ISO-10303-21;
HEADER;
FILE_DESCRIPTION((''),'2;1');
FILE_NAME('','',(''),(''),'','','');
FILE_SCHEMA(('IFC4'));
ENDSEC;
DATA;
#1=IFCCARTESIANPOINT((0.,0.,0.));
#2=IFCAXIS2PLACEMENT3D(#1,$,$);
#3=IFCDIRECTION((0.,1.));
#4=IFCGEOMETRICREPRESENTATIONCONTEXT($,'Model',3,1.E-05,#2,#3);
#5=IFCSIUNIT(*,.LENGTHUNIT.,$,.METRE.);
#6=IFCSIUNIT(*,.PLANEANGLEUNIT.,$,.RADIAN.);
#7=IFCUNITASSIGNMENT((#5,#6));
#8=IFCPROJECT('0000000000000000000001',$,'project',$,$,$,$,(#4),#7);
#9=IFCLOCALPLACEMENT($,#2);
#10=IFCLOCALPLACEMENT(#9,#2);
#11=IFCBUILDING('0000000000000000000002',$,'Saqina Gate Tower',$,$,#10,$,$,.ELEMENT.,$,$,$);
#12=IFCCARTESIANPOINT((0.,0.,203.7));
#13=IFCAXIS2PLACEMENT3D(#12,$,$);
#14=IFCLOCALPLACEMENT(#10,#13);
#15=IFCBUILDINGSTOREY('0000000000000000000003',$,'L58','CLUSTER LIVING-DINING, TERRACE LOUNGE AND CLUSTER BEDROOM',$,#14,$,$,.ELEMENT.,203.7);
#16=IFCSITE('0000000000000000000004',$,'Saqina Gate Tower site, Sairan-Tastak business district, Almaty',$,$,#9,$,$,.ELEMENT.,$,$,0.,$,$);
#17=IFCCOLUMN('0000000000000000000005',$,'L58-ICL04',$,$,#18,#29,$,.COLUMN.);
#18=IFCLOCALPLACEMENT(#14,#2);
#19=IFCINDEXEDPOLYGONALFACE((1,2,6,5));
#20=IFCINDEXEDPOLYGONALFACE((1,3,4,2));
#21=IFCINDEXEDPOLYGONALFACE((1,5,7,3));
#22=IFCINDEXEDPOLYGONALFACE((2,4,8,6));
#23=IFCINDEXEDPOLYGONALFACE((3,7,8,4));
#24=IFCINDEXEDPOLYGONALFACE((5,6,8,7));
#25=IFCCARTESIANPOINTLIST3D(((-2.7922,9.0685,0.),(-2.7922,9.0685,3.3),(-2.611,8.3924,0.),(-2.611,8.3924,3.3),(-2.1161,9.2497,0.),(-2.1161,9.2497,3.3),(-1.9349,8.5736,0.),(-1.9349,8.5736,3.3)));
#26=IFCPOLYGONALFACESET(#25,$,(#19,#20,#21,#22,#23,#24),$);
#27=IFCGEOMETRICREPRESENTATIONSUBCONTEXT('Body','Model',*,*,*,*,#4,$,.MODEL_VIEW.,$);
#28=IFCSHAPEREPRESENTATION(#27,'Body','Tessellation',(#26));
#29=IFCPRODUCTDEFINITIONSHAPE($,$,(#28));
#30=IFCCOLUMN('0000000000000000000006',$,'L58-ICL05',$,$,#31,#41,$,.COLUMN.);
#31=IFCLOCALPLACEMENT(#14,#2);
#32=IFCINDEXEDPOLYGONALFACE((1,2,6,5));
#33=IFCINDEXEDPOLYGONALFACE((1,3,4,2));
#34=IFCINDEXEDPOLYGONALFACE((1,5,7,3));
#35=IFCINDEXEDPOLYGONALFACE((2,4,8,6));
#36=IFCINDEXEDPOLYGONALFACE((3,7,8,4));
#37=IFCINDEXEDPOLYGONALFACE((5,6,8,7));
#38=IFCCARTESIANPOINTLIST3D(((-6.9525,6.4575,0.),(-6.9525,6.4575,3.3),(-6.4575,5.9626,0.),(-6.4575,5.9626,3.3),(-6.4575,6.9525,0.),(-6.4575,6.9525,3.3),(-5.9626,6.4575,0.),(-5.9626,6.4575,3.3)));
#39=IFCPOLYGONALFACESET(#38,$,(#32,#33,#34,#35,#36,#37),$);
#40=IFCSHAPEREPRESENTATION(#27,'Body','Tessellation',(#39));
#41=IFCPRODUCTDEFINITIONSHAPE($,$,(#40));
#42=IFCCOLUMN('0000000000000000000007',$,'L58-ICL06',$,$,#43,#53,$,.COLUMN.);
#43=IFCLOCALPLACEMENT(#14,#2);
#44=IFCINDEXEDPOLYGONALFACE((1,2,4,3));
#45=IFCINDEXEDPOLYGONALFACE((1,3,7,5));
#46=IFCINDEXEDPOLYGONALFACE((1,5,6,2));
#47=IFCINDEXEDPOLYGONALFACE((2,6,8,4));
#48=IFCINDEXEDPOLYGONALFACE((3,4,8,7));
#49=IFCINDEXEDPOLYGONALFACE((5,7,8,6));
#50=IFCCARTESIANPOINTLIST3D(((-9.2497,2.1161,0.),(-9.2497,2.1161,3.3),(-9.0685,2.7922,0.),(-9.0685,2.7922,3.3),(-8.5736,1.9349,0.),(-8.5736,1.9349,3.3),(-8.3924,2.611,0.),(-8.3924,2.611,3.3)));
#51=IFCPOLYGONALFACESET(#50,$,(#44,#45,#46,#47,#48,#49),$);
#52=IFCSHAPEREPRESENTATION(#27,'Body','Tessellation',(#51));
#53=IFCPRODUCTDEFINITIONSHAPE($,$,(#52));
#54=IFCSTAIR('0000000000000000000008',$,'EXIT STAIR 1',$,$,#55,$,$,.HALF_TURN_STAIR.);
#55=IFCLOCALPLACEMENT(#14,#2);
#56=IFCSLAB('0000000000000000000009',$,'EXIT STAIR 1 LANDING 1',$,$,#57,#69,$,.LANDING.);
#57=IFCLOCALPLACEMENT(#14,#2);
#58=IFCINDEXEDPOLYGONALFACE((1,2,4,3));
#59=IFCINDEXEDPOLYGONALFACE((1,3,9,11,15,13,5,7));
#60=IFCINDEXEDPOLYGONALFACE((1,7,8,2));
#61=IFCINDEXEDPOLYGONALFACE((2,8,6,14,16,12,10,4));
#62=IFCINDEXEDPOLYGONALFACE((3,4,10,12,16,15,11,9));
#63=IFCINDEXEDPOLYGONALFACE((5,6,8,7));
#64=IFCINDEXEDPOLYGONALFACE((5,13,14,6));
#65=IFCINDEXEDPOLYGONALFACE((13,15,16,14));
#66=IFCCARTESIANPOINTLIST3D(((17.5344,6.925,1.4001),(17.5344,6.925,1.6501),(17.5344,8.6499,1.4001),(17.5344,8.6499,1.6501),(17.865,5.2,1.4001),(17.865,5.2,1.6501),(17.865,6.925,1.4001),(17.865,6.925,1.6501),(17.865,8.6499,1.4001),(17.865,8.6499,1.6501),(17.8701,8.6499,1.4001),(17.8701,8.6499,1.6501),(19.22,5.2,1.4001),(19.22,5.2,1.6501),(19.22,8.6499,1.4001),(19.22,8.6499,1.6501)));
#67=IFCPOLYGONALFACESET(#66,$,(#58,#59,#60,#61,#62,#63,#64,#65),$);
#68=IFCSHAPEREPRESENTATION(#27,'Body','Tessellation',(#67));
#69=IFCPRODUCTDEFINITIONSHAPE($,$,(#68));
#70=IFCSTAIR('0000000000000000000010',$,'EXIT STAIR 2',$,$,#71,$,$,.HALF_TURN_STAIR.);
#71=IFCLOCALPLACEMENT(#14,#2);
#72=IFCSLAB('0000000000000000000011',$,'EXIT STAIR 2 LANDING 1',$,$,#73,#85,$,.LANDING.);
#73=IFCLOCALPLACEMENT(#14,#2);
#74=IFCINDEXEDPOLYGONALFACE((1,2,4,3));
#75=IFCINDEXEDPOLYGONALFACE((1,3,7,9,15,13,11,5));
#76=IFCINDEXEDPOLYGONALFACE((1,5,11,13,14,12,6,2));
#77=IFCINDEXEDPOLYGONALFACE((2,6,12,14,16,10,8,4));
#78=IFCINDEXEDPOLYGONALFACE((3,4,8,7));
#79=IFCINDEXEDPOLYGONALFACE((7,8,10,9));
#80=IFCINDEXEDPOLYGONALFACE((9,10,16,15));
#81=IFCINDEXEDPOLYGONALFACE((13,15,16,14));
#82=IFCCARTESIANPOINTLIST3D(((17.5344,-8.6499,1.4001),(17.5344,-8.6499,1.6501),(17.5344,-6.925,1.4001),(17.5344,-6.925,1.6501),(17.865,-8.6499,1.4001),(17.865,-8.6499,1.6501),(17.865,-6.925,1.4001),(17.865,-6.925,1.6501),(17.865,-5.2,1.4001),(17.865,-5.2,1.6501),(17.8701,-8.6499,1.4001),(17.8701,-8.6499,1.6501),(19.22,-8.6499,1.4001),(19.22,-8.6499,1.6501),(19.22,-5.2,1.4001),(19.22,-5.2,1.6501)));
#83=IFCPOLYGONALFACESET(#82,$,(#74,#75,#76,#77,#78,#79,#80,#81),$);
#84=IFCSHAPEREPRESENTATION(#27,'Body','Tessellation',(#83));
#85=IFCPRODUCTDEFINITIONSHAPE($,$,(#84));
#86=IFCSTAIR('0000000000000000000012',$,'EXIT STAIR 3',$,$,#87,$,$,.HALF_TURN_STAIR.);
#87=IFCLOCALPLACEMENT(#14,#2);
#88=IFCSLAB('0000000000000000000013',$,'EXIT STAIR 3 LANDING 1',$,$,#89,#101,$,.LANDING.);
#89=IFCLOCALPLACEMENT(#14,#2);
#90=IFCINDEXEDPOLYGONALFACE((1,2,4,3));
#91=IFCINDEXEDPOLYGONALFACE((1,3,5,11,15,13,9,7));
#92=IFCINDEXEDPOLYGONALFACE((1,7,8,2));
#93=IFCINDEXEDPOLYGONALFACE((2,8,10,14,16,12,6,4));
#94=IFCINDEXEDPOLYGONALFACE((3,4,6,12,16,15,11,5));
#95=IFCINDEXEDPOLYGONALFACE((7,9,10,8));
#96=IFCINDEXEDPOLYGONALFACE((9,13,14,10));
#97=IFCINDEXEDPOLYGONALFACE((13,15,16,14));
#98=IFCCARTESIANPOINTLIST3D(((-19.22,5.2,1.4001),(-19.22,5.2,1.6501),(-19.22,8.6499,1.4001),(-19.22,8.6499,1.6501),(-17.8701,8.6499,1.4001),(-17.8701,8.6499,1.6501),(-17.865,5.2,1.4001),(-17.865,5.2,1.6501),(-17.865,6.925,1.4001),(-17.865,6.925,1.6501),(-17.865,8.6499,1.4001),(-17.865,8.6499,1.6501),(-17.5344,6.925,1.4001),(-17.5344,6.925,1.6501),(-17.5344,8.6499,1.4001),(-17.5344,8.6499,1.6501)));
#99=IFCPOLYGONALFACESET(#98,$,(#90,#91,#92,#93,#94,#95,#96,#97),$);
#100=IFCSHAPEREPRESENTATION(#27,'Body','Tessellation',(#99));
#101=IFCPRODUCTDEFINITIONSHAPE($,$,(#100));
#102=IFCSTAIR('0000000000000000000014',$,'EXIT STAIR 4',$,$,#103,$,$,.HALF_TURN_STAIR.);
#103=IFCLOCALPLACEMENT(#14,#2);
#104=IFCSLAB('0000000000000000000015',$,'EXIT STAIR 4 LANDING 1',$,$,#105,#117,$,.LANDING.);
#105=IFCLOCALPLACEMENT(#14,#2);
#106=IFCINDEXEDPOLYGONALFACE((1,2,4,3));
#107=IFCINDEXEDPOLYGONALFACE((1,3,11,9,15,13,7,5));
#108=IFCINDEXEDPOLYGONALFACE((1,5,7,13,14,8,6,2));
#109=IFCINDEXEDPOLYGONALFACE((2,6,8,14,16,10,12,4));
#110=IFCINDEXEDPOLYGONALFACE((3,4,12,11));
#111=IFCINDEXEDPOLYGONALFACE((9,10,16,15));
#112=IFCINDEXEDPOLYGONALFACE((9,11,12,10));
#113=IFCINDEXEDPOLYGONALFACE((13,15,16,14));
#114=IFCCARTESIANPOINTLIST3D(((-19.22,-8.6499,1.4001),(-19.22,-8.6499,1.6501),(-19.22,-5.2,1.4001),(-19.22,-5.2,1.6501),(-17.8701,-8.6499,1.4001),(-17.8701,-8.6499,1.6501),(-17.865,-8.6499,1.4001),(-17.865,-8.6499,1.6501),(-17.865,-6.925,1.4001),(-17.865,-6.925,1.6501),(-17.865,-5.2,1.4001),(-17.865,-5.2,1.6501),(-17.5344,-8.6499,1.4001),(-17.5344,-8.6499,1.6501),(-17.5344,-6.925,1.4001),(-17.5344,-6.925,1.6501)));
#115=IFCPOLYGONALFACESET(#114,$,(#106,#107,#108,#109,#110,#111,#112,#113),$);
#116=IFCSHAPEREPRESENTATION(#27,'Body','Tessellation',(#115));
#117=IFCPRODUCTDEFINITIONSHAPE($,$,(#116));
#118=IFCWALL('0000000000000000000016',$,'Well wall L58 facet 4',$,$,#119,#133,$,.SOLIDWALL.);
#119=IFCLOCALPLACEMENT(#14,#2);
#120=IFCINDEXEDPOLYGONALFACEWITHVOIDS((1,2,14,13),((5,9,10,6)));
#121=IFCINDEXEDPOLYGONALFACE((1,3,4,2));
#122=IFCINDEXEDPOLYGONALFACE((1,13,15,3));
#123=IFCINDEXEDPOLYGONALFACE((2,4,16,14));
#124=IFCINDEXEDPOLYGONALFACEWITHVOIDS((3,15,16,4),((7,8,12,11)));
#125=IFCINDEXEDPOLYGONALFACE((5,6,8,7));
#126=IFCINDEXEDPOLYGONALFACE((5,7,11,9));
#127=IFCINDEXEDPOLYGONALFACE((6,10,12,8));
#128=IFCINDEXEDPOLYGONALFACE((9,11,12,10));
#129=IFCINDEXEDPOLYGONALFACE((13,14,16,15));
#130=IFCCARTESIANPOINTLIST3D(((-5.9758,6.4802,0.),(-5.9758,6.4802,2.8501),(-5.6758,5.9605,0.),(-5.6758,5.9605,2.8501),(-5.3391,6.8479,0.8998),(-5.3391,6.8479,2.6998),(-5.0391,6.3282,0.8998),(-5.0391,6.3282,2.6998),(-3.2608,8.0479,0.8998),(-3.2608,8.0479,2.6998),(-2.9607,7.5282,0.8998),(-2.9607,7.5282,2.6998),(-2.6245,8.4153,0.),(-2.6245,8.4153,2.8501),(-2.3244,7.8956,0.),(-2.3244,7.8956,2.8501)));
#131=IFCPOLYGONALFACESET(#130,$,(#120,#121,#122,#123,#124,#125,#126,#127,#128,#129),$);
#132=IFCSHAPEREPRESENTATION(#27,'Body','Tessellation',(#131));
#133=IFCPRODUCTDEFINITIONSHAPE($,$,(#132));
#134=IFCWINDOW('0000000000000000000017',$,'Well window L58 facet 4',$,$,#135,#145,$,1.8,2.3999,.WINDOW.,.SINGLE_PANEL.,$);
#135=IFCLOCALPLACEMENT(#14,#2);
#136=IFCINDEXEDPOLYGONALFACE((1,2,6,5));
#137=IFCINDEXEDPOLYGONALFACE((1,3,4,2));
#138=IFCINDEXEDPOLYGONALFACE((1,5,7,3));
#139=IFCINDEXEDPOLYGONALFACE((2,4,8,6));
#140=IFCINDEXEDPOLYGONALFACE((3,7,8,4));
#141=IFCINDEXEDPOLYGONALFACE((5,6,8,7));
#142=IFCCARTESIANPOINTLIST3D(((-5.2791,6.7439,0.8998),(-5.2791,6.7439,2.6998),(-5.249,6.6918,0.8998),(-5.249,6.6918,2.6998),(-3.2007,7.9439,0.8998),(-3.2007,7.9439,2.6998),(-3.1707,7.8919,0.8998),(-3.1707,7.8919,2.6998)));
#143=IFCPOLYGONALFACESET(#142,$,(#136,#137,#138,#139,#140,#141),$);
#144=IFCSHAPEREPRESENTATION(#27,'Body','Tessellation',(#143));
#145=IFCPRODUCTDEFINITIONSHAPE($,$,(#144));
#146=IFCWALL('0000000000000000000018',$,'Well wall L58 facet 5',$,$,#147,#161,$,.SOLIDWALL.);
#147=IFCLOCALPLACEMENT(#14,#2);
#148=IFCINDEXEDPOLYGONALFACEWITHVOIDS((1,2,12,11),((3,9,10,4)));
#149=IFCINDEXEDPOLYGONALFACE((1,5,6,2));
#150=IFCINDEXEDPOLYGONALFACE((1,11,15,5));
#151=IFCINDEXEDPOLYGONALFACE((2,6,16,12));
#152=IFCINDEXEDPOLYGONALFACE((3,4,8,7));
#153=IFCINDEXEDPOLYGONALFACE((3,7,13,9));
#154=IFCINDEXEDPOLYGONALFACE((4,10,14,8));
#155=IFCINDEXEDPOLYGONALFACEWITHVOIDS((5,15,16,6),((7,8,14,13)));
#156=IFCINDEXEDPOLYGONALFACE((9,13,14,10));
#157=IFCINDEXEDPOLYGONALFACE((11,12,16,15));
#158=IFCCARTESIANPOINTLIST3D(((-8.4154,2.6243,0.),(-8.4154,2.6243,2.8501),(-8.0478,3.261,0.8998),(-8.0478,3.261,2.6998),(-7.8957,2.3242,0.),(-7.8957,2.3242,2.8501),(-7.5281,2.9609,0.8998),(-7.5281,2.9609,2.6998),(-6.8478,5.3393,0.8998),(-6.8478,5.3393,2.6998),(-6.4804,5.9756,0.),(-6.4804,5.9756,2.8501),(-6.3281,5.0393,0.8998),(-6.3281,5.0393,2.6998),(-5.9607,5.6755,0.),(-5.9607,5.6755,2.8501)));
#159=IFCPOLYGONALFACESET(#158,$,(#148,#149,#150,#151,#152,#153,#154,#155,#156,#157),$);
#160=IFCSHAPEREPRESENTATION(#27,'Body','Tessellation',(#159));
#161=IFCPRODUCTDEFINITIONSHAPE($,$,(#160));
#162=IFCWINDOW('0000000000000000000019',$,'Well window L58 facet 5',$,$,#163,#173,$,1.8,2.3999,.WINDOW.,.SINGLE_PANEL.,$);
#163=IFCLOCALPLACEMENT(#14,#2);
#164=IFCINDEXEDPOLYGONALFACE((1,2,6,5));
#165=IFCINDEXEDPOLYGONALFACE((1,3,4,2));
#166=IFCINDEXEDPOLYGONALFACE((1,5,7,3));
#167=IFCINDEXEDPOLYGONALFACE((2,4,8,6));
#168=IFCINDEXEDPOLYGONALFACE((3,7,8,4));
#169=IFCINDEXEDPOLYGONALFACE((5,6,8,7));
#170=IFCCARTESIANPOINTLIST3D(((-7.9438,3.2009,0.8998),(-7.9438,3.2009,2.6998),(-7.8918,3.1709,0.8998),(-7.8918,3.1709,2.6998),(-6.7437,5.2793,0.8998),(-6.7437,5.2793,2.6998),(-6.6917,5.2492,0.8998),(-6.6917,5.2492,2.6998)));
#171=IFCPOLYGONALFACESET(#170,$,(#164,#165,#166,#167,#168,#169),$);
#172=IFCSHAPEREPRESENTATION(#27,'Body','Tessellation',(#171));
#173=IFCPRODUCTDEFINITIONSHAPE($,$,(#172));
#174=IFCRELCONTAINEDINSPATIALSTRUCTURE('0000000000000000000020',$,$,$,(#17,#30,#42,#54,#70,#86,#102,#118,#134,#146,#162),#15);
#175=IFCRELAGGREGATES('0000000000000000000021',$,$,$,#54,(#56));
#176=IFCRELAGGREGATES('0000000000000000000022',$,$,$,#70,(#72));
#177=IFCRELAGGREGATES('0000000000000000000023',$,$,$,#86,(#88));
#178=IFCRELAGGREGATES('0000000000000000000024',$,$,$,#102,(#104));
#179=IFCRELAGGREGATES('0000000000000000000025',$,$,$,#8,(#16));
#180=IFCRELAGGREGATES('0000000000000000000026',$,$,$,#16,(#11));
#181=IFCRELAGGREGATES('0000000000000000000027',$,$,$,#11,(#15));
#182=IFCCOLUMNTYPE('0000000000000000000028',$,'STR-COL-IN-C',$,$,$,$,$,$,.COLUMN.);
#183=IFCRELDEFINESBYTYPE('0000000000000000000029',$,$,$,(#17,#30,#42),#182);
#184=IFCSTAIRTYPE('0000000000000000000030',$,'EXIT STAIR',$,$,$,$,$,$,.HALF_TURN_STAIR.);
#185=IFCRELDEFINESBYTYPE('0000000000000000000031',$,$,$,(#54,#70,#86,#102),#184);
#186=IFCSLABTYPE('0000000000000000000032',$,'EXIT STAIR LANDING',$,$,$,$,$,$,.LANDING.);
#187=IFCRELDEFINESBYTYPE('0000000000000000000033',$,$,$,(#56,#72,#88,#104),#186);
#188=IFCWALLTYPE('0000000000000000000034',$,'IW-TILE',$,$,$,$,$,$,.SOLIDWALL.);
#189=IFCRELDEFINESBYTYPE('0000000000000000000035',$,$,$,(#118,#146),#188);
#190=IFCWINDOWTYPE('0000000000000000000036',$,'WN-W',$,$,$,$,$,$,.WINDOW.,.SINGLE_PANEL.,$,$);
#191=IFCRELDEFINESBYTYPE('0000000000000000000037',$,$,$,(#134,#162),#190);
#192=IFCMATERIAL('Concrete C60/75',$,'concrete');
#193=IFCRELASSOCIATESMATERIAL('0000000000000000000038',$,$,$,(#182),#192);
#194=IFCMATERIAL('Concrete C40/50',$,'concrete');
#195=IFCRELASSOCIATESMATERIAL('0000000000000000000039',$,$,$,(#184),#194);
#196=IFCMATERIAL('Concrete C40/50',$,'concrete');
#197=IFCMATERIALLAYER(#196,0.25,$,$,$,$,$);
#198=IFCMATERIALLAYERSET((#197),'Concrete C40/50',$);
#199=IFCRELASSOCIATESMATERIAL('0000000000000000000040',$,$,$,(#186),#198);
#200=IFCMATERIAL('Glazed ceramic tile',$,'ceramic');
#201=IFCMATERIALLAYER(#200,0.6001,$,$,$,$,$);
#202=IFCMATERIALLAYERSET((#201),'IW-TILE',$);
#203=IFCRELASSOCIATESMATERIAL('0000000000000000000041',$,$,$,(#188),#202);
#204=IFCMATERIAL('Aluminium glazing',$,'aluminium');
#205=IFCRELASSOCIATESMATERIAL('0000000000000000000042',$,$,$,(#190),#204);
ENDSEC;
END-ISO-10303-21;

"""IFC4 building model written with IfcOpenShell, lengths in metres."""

from ifc_helpers import new_model, si_unit, direction, frame, frame_2d, origin, origin_2d, place, context, subcontext, project, spatial, polyline, rectangle, outline, extrude, material, layer, layer_set, material_profile, profile_set, type_object, element, fill, aggregate, save


model = new_model("IFC4")

# Units and contexts
model_context = context("Model", 3, precision=1e-05, world=origin(), true_north=direction((0.0, 1.0)))
body_context = subcontext(model_context, "Body", "Model", "MODEL_VIEW")
ifc_project = project(units=[si_unit("LENGTHUNIT", "METRE"), si_unit("PLANEANGLEUNIT", "RADIAN")], contexts=[model_context])

# Site, building, storey
site_placement = place(None, origin())
site = spatial("IfcSite", under=ifc_project, at=site_placement, Name="Saqina Gate Tower site, Sairan-Tastak business district, Almaty", CompositionType="ELEMENT", RefElevation=0.0)
building_placement = place(site_placement, origin())
building = spatial("IfcBuilding", under=site, at=building_placement, Name="Saqina Gate Tower", CompositionType="ELEMENT")
storey_placement = place(building_placement, frame((0.0, 0.0, 203.7)))
storey = spatial("IfcBuildingStorey", under=building, at=storey_placement, Name="L58", Description="CLUSTER LIVING-DINING, TERRACE LOUNGE AND CLUSTER BEDROOM", CompositionType="ELEMENT", Elevation=203.7)

# Columns
ifc_material_1 = material(Name="Concrete C60/75", Category="concrete")
ifc_material_profile = material_profile(ifc_material_1, rectangle(XDim=0.7, YDim=0.7, at=origin_2d()), Name="RC 700x700")
ifc_profile_set = profile_set([ifc_material_profile], Name="Concrete C60/75")
column_type = type_object("IfcColumnType", Name="STR-COL-IN-C", PredefinedType="COLUMN", material=ifc_profile_set)
for number, where, z_axis, x_axis, name in (
    (1, (-2.3635, 8.821, 0.0), (0.0, 0.0, 1.0), (-0.258819, 0.965926, 0.0), "L58-ICL04"),
    (2, (-6.4575, 6.4575, 0.0), (0.0, 0.0, 1.0), (-0.707107, 0.707107, 0.0), "L58-ICL05"),
    (3, (-8.821, 2.3635, 0.0), (0.0, 0.0, 1.0), (-0.965926, 0.258819, 0.0), "L58-ICL06"),
):
    element("IfcColumn", number, at=place(storey_placement, frame(where, z_axis=z_axis, x_axis=x_axis)), inside=storey, type_object=column_type, Name=name, PredefinedType="COLUMN", context=body_context, shape_type="SweptSolid", body=[
        extrude(rectangle(XDim=0.7, YDim=0.7, at=origin_2d()), origin(), (0.0, 0.0, 1.0), 3.3),
    ])

# Stairs, slabs
ifc_material_2 = material(Name="Concrete C40/50", Category="concrete")
stair_type = type_object("IfcStairType", Name="EXIT STAIR", PredefinedType="HALF_TURN_STAIR", material=ifc_material_2)
stair_1_placement = place(storey_placement, origin())
stair_1 = element("IfcStair", 4, at=stair_1_placement, inside=storey, type_object=stair_type, Name="EXIT STAIR 1", PredefinedType="HALF_TURN_STAIR")
ifc_material_3 = material(Name="Concrete C40/50", Category="concrete")
ifc_layer_1 = layer(ifc_material_3, 0.25)
ifc_layer_set_1 = layer_set([ifc_layer_1], Name="Concrete C40/50")
slab_type = type_object("IfcSlabType", Name="EXIT STAIR LANDING", PredefinedType="LANDING", material=ifc_layer_set_1)
slab_1_placement = place(storey_placement, frame((0.0, 0.0, 1.4001)))
slab_1 = element("IfcSlab", 5, at=slab_1_placement, type_object=slab_type, Name="EXIT STAIR 1 LANDING 1", PredefinedType="LANDING", context=body_context, shape_type="SweptSolid", body=[
    extrude(outline(polyline([(19.22, 8.6499), (19.22, 5.2), (17.865, 5.2), (17.865, 6.925), (17.5344, 6.925), (17.5344, 8.6499), (17.865, 8.6499), (17.8701, 8.6499), (19.22, 8.6499)])), origin(), (0.0, 0.0, 1.0), 0.25),
])
aggregate(stair_1, [slab_1])
stair_2_placement = place(storey_placement, origin())
stair_2 = element("IfcStair", 6, at=stair_2_placement, inside=storey, type_object=stair_type, Name="EXIT STAIR 2", PredefinedType="HALF_TURN_STAIR")
slab_2_placement = place(storey_placement, frame((0.0, 0.0, 1.4001)))
slab_2 = element("IfcSlab", 7, at=slab_2_placement, type_object=slab_type, Name="EXIT STAIR 2 LANDING 1", PredefinedType="LANDING", context=body_context, shape_type="SweptSolid", body=[
    extrude(outline(polyline([(17.5344, -8.6499), (17.5344, -6.925), (17.865, -6.925), (17.865, -5.2), (19.22, -5.2), (19.22, -8.6499), (17.8701, -8.6499), (17.865, -8.6499), (17.5344, -8.6499)])), origin(), (0.0, 0.0, 1.0), 0.25),
])
aggregate(stair_2, [slab_2])
stair_3_placement = place(storey_placement, origin())
stair_3 = element("IfcStair", 8, at=stair_3_placement, inside=storey, type_object=stair_type, Name="EXIT STAIR 3", PredefinedType="HALF_TURN_STAIR")
slab_3_placement = place(storey_placement, frame((0.0, 0.0, 1.4001)))
slab_3 = element("IfcSlab", 9, at=slab_3_placement, type_object=slab_type, Name="EXIT STAIR 3 LANDING 1", PredefinedType="LANDING", context=body_context, shape_type="SweptSolid", body=[
    extrude(outline(polyline([(-17.865, 5.2), (-19.22, 5.2), (-19.22, 8.6499), (-17.8701, 8.6499), (-17.865, 8.6499), (-17.5344, 8.6499), (-17.5344, 6.925), (-17.865, 6.925), (-17.865, 5.2)])), origin(), (0.0, 0.0, 1.0), 0.25),
])
aggregate(stair_3, [slab_3])
stair_4_placement = place(storey_placement, origin())
stair_4 = element("IfcStair", 10, at=stair_4_placement, inside=storey, type_object=stair_type, Name="EXIT STAIR 4", PredefinedType="HALF_TURN_STAIR")
slab_4_placement = place(storey_placement, frame((0.0, 0.0, 1.4001)))
slab_4 = element("IfcSlab", 11, at=slab_4_placement, type_object=slab_type, Name="EXIT STAIR 4 LANDING 1", PredefinedType="LANDING", context=body_context, shape_type="SweptSolid", body=[
    extrude(outline(polyline([(-17.5344, -6.925), (-17.5344, -8.6499), (-17.865, -8.6499), (-17.8701, -8.6499), (-19.22, -8.6499), (-19.22, -5.2), (-17.865, -5.2), (-17.865, -6.925), (-17.5344, -6.925)])), origin(), (0.0, 0.0, 1.0), 0.25),
])
aggregate(stair_4, [slab_4])

# Walls, openings, windows
ifc_material_4 = material(Name="Glazed ceramic tile", Category="ceramic")
ifc_layer_2 = layer(ifc_material_4, 0.6001)
ifc_layer_set_2 = layer_set([ifc_layer_2], Name="IW-TILE")
wall_type_1 = type_object("IfcWallType", Name="IW-TILE", PredefinedType="SOLIDWALL", material=ifc_layer_set_2)
wall_1_placement = place(storey_placement, frame((-2.4744, 8.1555, 0.0), z_axis=(0.0, 0.0, 1.0), x_axis=(-0.866006, -0.500034, 0.0)))
wall_1 = element("IfcWall", 12, at=wall_1_placement, inside=storey, type_object=wall_type_1, Name="Well wall L58 facet 4", PredefinedType="SOLIDWALL", context=body_context, shape_type="SweptSolid", body=[
    extrude(rectangle(XDim=3.8699, YDim=0.6001, at=frame_2d((1.9351, 0.0))), origin(), (0.0, 0.0, 1.0), 2.8501),
])
opening_1_placement = place(wall_1_placement, frame((0.7349, 0.0, 0.8999)))
opening_1 = element("IfcOpeningElement", 13, at=opening_1_placement, cuts=wall_1, PredefinedType="OPENING", context=body_context, shape_type="SweptSolid", body=[
    extrude(rectangle(XDim=2.3999, YDim=1.8, at=frame_2d((1.2, 0.8999))), frame((0.0, 0.312, 0.0), z_axis=(0.0, -1.0, 0.0), x_axis=(1.0, 0.0, 0.0)), (0.0, 0.0, 1.0), 0.624),
])
ifc_material_5 = material(Name="Aluminium glazing", Category="aluminium")
window_type = type_object("IfcWindowType", Name="WN-W", PartitioningType="SINGLE_PANEL", PredefinedType="WINDOW", material=ifc_material_5)
window_1_placement = place(opening_1_placement, origin())
window_1 = element("IfcWindow", 14, at=window_1_placement, inside=storey, type_object=window_type, Name="Well window L58 facet 4", OverallHeight=1.8, OverallWidth=2.3999, PartitioningType="SINGLE_PANEL", PredefinedType="WINDOW", context=body_context, shape_type="SweptSolid", body=[
    extrude(rectangle(XDim=2.3999, YDim=1.8, at=frame_2d((1.2, 0.8999))), frame((0.0, -0.1199, 0.0), z_axis=(0.0, -1.0, 0.0), x_axis=(1.0, 0.0, 0.0)), (0.0, 0.0, 1.0), 0.0601),
])
fill(opening_1, window_1)
wall_2_placement = place(storey_placement, frame((-6.2205, 5.8257, 0.0), z_axis=(0.0, 0.0, 1.0), x_axis=(-0.500034, -0.866006, 0.0)))
wall_2 = element("IfcWall", 15, at=wall_2_placement, inside=storey, type_object=wall_type_1, Name="Well wall L58 facet 5", PredefinedType="SOLIDWALL", context=body_context, shape_type="SweptSolid", body=[
    extrude(rectangle(XDim=3.8699, YDim=0.6001, at=frame_2d((1.9351, 0.0))), origin(), (0.0, 0.0, 1.0), 2.8501),
])
opening_2_placement = place(wall_2_placement, frame((0.7349, 0.0, 0.8999)))
opening_2 = element("IfcOpeningElement", 16, at=opening_2_placement, cuts=wall_2, PredefinedType="OPENING", context=body_context, shape_type="SweptSolid", body=[
    extrude(rectangle(XDim=2.3999, YDim=1.8, at=frame_2d((1.2, 0.8999))), frame((0.0, 0.312, 0.0), z_axis=(0.0, -1.0, 0.0), x_axis=(1.0, 0.0, 0.0)), (0.0, 0.0, 1.0), 0.624),
])
window_2_placement = place(opening_2_placement, origin())
window_2 = element("IfcWindow", 17, at=window_2_placement, inside=storey, type_object=window_type, Name="Well window L58 facet 5", OverallHeight=1.8, OverallWidth=2.3999, PartitioningType="SINGLE_PANEL", PredefinedType="WINDOW", context=body_context, shape_type="SweptSolid", body=[
    extrude(rectangle(XDim=2.3999, YDim=1.8, at=frame_2d((1.2, 0.8999))), frame((0.0, -0.1199, 0.0), z_axis=(0.0, -1.0, 0.0), x_axis=(1.0, 0.0, 0.0)), (0.0, 0.0, 1.0), 0.0601),
])
fill(opening_2, window_2)

save(model, "model.ifc")
